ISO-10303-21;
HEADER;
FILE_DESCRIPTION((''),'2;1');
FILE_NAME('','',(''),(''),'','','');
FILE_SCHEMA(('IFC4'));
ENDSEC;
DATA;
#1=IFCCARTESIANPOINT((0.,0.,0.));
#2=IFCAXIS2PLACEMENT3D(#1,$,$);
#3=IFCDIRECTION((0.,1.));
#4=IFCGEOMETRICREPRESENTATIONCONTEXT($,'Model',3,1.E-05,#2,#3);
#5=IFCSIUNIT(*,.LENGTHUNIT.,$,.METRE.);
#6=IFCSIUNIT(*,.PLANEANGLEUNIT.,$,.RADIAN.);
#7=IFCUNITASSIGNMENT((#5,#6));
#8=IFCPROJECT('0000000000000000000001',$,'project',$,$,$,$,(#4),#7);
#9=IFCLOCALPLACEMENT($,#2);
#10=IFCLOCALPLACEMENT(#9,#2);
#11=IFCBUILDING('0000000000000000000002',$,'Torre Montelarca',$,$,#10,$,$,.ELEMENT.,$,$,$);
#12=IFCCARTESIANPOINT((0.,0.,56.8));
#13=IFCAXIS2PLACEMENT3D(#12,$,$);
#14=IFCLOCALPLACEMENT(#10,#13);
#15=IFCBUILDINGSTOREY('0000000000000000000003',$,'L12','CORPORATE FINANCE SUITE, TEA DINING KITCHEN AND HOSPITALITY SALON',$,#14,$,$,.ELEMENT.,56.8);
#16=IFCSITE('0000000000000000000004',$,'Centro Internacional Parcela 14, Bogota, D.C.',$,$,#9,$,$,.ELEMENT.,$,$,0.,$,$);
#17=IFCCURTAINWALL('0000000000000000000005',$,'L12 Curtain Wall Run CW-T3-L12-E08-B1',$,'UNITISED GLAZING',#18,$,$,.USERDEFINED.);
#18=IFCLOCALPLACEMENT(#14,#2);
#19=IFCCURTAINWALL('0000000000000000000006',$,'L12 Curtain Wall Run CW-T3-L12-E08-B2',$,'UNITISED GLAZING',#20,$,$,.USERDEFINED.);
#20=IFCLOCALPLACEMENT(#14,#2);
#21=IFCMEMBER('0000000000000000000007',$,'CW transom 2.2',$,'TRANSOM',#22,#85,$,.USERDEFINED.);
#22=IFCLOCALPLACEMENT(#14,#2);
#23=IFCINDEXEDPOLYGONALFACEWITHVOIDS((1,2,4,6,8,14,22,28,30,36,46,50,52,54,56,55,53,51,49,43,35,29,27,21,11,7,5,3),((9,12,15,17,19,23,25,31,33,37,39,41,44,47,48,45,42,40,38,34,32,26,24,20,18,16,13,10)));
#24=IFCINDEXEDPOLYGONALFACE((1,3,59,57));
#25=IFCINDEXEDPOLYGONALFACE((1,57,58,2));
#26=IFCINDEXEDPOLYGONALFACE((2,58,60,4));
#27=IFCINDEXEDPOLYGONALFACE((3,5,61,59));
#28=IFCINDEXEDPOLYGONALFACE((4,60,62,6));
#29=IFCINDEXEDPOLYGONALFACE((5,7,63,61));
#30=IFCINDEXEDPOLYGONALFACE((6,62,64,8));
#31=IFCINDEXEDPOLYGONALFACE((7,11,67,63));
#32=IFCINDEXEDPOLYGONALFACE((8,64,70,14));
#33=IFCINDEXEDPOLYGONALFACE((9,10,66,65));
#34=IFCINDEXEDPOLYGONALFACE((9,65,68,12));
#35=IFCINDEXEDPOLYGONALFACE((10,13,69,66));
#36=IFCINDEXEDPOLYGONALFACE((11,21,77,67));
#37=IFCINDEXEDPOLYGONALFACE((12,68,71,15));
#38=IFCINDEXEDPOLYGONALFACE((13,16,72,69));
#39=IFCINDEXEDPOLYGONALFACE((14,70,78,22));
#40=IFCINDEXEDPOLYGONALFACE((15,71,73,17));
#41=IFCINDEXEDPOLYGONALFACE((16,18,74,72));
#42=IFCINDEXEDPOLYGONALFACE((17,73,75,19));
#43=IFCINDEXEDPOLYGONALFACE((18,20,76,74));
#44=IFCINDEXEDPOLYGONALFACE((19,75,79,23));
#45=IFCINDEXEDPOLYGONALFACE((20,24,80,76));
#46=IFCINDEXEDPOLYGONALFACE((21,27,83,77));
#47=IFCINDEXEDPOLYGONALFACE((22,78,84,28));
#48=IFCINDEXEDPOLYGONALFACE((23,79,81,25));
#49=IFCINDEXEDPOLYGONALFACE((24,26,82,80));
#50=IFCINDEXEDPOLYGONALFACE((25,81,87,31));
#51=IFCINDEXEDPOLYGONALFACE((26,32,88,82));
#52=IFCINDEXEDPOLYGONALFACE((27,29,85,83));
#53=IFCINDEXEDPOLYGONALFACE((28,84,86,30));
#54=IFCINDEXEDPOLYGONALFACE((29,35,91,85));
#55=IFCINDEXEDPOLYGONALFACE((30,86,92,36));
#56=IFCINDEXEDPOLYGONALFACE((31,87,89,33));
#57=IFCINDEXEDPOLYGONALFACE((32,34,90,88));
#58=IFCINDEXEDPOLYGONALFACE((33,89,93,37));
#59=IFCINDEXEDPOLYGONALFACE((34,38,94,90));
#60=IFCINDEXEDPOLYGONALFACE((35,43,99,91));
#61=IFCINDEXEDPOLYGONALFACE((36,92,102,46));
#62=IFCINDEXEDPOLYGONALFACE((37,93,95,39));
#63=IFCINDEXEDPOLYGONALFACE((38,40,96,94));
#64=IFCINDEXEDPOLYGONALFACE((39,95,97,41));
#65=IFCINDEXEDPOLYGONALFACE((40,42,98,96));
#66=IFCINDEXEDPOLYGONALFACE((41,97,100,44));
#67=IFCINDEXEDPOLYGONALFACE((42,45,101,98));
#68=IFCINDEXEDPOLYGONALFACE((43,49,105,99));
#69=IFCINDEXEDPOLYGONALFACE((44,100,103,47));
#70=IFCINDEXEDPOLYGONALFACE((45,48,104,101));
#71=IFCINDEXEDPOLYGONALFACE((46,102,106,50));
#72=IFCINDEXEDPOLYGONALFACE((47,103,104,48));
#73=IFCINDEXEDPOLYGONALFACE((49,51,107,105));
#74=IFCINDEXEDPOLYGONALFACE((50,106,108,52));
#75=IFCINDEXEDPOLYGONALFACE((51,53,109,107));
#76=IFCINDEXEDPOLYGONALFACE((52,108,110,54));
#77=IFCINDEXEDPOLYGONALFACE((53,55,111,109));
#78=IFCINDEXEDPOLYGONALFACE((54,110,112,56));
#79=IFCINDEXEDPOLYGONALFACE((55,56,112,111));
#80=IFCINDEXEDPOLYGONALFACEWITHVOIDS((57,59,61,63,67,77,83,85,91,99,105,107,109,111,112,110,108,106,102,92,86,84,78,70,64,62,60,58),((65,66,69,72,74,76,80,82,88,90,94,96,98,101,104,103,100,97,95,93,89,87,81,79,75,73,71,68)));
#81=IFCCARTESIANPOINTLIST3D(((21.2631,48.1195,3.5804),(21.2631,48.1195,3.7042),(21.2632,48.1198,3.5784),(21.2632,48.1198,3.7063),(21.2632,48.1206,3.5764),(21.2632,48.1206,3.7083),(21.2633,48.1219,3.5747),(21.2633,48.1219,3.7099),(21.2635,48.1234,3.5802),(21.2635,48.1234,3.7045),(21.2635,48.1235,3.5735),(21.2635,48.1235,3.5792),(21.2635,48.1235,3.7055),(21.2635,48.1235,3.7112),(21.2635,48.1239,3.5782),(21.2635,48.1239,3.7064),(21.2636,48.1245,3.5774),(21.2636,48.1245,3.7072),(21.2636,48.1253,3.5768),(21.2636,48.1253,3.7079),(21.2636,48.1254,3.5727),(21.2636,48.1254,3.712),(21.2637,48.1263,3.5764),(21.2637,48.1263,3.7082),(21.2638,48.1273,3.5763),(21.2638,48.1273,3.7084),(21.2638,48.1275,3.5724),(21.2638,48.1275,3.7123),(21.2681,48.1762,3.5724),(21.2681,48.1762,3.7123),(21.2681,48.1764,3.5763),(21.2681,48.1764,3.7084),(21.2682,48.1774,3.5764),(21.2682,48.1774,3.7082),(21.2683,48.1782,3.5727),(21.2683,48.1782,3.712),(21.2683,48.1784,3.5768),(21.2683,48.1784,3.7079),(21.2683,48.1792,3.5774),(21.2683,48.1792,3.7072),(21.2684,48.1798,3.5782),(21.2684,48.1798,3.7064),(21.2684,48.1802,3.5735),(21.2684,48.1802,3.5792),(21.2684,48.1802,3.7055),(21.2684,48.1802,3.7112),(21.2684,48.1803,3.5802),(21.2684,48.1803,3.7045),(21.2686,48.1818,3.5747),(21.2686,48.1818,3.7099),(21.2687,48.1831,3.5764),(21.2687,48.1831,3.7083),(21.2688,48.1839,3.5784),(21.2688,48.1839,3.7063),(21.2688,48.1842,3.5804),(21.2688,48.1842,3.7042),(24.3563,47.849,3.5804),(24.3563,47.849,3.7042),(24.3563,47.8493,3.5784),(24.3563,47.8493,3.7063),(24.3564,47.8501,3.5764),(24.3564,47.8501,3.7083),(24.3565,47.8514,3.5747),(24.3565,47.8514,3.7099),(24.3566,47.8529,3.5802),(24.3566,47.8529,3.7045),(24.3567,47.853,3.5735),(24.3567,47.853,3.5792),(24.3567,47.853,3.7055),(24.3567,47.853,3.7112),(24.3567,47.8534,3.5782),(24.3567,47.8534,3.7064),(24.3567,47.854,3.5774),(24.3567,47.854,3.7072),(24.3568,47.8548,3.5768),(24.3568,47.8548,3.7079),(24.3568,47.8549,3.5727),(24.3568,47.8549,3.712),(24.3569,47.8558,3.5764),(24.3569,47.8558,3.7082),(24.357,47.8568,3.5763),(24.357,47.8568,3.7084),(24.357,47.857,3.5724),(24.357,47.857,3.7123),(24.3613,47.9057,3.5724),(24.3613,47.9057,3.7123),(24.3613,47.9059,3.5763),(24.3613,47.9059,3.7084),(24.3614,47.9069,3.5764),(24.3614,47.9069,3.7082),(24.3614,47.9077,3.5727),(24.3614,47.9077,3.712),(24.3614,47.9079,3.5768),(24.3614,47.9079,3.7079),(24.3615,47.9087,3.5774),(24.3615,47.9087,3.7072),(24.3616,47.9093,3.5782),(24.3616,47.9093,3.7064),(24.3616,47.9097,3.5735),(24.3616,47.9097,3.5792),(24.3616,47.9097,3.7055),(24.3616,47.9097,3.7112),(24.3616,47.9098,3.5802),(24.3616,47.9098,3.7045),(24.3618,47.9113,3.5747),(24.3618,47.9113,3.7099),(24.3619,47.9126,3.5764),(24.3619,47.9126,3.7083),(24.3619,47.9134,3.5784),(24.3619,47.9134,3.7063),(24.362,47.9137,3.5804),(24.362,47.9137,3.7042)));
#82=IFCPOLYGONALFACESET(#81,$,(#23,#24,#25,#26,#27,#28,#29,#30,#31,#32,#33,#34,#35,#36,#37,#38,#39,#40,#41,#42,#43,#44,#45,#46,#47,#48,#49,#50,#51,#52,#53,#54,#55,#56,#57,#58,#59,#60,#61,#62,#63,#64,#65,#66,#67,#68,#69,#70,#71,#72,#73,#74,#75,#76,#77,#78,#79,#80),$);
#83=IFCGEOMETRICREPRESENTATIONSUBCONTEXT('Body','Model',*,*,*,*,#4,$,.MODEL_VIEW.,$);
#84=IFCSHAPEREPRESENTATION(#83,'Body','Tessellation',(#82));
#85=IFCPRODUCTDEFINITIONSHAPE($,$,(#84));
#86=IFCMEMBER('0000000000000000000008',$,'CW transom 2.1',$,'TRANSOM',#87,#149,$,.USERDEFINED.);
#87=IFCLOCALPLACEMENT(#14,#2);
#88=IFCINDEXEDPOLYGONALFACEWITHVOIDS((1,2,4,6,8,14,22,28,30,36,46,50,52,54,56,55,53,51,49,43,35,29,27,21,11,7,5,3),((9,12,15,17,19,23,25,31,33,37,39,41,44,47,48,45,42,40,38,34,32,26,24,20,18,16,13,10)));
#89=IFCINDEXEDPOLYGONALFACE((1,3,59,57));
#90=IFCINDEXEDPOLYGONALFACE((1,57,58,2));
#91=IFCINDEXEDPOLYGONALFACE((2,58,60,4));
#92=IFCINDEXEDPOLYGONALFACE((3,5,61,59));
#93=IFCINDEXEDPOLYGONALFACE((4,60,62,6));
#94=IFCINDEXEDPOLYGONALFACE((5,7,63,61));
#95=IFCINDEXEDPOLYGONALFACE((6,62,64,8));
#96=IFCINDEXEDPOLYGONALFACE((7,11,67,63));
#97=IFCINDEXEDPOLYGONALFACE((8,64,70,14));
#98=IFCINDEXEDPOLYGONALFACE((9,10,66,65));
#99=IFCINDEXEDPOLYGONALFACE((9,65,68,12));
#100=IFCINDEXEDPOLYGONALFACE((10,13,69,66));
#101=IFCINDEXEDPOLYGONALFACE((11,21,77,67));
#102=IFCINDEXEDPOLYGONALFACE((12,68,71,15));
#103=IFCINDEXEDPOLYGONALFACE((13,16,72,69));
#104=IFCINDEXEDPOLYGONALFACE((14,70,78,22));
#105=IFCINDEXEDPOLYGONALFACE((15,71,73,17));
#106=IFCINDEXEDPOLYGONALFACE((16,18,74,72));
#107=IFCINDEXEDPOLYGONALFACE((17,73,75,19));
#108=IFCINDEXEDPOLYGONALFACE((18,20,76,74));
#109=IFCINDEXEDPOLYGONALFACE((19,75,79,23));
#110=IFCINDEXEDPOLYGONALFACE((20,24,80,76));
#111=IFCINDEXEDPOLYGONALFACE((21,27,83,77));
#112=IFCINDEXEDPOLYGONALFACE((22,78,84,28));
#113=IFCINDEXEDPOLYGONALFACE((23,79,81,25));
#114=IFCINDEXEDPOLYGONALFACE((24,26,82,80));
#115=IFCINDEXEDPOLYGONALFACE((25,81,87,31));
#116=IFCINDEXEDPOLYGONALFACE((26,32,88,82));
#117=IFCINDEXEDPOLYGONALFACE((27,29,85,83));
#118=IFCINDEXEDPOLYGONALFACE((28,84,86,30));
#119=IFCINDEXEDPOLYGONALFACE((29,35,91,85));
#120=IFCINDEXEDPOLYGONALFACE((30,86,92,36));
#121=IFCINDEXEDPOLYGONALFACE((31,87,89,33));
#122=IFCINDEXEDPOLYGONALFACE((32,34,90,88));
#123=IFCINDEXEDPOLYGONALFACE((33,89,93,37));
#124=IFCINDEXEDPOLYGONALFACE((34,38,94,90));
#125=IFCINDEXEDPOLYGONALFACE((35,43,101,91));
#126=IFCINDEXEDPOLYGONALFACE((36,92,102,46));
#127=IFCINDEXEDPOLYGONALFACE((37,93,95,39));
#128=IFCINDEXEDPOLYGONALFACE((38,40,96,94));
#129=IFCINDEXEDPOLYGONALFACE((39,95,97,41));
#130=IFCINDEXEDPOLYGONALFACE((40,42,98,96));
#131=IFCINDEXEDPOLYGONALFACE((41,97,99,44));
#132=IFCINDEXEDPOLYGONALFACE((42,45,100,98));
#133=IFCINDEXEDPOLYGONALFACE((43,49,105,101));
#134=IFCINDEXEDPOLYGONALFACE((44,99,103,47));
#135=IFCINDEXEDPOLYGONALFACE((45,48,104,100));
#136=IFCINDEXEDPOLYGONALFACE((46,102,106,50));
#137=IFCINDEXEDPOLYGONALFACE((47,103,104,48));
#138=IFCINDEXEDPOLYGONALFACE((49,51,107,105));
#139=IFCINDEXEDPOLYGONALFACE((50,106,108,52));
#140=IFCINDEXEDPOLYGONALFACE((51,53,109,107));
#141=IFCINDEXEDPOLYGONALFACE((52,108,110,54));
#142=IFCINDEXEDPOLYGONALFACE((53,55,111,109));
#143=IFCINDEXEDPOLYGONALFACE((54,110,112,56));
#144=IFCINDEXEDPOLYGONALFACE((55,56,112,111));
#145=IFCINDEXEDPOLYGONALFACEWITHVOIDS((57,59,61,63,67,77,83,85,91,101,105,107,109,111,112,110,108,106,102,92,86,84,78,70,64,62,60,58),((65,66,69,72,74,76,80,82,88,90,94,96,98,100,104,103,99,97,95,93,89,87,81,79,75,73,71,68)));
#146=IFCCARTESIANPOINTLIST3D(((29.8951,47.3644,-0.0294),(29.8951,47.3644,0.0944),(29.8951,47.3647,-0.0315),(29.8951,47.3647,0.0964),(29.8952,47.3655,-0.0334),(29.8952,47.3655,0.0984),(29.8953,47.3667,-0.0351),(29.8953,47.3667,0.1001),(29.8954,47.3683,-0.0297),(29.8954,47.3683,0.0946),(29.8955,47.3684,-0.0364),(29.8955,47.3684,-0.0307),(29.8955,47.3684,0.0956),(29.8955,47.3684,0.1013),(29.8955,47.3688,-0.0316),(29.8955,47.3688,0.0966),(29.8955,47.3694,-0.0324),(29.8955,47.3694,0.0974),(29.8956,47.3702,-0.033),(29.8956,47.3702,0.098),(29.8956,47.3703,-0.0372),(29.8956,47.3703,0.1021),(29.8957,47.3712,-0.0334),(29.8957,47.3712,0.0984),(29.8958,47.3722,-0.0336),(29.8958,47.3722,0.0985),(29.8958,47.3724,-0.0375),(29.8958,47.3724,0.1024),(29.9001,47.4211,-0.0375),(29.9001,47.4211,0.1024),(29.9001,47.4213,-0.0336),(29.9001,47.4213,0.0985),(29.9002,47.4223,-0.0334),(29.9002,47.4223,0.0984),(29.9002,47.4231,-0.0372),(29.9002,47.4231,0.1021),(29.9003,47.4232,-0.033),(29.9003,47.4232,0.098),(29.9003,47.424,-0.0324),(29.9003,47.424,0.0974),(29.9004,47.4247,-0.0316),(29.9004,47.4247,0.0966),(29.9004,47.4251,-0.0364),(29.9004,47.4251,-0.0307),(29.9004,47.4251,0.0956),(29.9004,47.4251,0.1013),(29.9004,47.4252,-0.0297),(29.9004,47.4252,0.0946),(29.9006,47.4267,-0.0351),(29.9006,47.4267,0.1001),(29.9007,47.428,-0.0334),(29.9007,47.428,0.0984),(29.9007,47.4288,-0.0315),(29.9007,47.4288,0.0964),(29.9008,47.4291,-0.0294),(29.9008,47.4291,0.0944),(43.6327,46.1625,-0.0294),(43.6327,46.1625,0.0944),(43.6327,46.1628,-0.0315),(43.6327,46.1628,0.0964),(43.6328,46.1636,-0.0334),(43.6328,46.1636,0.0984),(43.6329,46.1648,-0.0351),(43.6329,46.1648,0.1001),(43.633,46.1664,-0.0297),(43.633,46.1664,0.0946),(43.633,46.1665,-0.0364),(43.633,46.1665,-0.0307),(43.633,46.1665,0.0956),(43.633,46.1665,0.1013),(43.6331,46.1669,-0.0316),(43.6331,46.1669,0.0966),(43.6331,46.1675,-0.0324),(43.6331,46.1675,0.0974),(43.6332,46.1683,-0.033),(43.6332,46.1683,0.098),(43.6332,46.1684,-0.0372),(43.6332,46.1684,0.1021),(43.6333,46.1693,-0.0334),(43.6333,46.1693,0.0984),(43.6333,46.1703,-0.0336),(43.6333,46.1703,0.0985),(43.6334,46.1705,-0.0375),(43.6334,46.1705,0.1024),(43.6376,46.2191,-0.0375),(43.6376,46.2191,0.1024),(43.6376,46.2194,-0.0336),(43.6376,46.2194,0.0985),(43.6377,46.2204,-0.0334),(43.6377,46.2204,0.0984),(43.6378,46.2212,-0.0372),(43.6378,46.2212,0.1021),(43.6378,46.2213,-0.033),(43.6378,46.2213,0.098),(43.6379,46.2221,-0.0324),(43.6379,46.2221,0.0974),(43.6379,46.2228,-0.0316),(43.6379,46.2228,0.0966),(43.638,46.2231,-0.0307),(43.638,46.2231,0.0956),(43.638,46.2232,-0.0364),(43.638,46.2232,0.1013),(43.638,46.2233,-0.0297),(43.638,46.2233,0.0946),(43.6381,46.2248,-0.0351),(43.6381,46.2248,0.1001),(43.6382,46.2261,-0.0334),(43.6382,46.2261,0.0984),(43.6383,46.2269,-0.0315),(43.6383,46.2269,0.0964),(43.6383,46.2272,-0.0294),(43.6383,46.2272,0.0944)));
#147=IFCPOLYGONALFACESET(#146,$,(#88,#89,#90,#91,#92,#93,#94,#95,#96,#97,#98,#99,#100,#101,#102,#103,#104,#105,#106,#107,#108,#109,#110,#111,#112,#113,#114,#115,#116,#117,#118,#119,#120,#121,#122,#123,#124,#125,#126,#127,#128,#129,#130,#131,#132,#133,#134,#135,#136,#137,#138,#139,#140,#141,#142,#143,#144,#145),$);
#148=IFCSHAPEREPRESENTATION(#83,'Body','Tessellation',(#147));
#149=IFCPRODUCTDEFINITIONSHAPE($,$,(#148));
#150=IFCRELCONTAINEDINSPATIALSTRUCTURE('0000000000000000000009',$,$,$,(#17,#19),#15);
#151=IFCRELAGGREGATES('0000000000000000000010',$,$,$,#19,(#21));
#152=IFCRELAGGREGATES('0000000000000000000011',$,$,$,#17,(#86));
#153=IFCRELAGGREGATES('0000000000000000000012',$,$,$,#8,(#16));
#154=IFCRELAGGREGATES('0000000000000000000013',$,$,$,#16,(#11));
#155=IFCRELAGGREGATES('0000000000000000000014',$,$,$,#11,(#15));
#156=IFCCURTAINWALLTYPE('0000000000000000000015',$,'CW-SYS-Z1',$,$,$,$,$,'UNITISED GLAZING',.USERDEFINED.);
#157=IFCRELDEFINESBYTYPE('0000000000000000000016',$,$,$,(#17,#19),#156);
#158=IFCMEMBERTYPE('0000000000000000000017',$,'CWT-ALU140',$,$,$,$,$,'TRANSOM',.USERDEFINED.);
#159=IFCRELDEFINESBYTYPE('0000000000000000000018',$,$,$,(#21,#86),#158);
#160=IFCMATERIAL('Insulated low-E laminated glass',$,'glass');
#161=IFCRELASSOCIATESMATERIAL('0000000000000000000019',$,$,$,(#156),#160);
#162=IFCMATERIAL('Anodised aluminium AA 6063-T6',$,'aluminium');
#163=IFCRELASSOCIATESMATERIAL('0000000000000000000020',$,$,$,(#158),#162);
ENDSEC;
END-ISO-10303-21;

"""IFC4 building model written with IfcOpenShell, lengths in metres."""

from ifc_helpers import new_model, si_unit, direction, frame, origin, origin_2d, place, context, subcontext, project, spatial, hollow_rectangle, extrude, source, transform, mapped, material, material_profile, profile_set, type_object, element, aggregate, save


model = new_model("IFC4")

# Units and contexts
model_context = context("Model", 3, precision=1e-05, world=origin(), true_north=direction((0.0, 1.0)))
body_context = subcontext(model_context, "Body", "Model", "MODEL_VIEW")
ifc_project = project(units=[si_unit("LENGTHUNIT", "METRE"), si_unit("PLANEANGLEUNIT", "RADIAN")], contexts=[model_context])

# Site, building, storey
site_placement = place(None, origin())
site = spatial("IfcSite", under=ifc_project, at=site_placement, Name="Centro Internacional Parcela 14, Bogota, D.C.", CompositionType="ELEMENT", RefElevation=0.0)
building_placement = place(site_placement, origin())
building = spatial("IfcBuilding", under=site, at=building_placement, Name="Torre Montelarca", CompositionType="ELEMENT")
storey_placement = place(building_placement, frame((0.0, 0.0, 56.8)))
storey = spatial("IfcBuildingStorey", under=building, at=storey_placement, Name="L12", Description="CORPORATE FINANCE SUITE, TEA DINING KITCHEN AND HOSPITALITY SALON", CompositionType="ELEMENT", Elevation=56.8)

# Curtain walls, member
ifc_material_1 = material(Name="Insulated low-E laminated glass", Category="glass")
curtain_wall_type = type_object("IfcCurtainWallType", Name="CW-SYS-Z1", ElementType="UNITISED GLAZING", PredefinedType="USERDEFINED", material=ifc_material_1)
curtain_wall_1_placement = place(storey_placement, origin())
curtain_wall_1 = element("IfcCurtainWall", 1, at=curtain_wall_1_placement, inside=storey, type_object=curtain_wall_type, Name="L12 Curtain Wall Run CW-T3-L12-E08-B1", ObjectType="UNITISED GLAZING", PredefinedType="USERDEFINED")
ifc_material_2 = material(Name="Anodised aluminium AA 6063-T6", Category="aluminium")
curtain_wall_2_placement = place(storey_placement, origin())
curtain_wall_2 = element("IfcCurtainWall", 2, at=curtain_wall_2_placement, inside=storey, type_object=curtain_wall_type, Name="L12 Curtain Wall Run CW-T3-L12-E08-B2", ObjectType="UNITISED GLAZING", PredefinedType="USERDEFINED")
ifc_material_profile_1 = material_profile(ifc_material_2, hollow_rectangle(XDim=0.0649, YDim=0.1399, WallThickness=0.0039, InnerFilletRadius=0.0039, OuterFilletRadius=0.0081, at=origin_2d()), Name="ALU65X140X4", Category="aluminium")
ifc_profile_set_1 = profile_set([ifc_material_profile_1], Name="Anodised aluminium AA 6063-T6")
member_type_1 = type_object("IfcMemberType", Name="CWT-ALU140", ElementType="TRANSOM", PredefinedType="USERDEFINED", material=ifc_profile_set_1)
shared_shape_1 = source(origin(), body_context, "Body", "SweptSolid", [
    extrude(hollow_rectangle(XDim=0.0649, YDim=0.1399, WallThickness=0.0039, InnerFilletRadius=0.0039, OuterFilletRadius=0.0081, at=origin_2d()), origin(), (0.0, 0.0, 1.0), 3.105),
])
member_1_placement = place(storey_placement, frame((24.3591, 47.8813, 3.6423), z_axis=(-0.996198, 0.087118, 0.0), x_axis=(-0.087118, -0.996198, 0.0)))
member_1 = element("IfcMember", 3, at=member_1_placement, type_object=member_type_1, Name="CW transom 2.2", ObjectType="TRANSOM", PredefinedType="USERDEFINED", context=body_context, shape_type="MappedRepresentation", body=[
    mapped(shared_shape_1, transform((0.0, 0.0, 0.0), scale=1.0)),
])

# Member
shared_shape_2 = source(origin(), body_context, "Body", "SweptSolid", [
    extrude(hollow_rectangle(XDim=0.0649, YDim=0.1399, WallThickness=0.0039, InnerFilletRadius=0.0039, OuterFilletRadius=0.0081, at=origin_2d()), origin(), (0.0, 0.0, 1.0), 13.79),
])
member_2_placement = place(storey_placement, frame((43.6355, 46.1948, 0.0325), z_axis=(-0.996195, 0.087158, 0.0), x_axis=(-0.087158, -0.996195, 0.0)))
member_2 = element("IfcMember", 4, at=member_2_placement, type_object=member_type_1, Name="CW transom 2.1", ObjectType="TRANSOM", PredefinedType="USERDEFINED", context=body_context, shape_type="MappedRepresentation", body=[
    mapped(shared_shape_2, transform((0.0, 0.0, 0.0), scale=1.0)),
])

aggregate(curtain_wall_2, [member_1])
aggregate(curtain_wall_1, [member_2])

save(model, "model.ifc")
